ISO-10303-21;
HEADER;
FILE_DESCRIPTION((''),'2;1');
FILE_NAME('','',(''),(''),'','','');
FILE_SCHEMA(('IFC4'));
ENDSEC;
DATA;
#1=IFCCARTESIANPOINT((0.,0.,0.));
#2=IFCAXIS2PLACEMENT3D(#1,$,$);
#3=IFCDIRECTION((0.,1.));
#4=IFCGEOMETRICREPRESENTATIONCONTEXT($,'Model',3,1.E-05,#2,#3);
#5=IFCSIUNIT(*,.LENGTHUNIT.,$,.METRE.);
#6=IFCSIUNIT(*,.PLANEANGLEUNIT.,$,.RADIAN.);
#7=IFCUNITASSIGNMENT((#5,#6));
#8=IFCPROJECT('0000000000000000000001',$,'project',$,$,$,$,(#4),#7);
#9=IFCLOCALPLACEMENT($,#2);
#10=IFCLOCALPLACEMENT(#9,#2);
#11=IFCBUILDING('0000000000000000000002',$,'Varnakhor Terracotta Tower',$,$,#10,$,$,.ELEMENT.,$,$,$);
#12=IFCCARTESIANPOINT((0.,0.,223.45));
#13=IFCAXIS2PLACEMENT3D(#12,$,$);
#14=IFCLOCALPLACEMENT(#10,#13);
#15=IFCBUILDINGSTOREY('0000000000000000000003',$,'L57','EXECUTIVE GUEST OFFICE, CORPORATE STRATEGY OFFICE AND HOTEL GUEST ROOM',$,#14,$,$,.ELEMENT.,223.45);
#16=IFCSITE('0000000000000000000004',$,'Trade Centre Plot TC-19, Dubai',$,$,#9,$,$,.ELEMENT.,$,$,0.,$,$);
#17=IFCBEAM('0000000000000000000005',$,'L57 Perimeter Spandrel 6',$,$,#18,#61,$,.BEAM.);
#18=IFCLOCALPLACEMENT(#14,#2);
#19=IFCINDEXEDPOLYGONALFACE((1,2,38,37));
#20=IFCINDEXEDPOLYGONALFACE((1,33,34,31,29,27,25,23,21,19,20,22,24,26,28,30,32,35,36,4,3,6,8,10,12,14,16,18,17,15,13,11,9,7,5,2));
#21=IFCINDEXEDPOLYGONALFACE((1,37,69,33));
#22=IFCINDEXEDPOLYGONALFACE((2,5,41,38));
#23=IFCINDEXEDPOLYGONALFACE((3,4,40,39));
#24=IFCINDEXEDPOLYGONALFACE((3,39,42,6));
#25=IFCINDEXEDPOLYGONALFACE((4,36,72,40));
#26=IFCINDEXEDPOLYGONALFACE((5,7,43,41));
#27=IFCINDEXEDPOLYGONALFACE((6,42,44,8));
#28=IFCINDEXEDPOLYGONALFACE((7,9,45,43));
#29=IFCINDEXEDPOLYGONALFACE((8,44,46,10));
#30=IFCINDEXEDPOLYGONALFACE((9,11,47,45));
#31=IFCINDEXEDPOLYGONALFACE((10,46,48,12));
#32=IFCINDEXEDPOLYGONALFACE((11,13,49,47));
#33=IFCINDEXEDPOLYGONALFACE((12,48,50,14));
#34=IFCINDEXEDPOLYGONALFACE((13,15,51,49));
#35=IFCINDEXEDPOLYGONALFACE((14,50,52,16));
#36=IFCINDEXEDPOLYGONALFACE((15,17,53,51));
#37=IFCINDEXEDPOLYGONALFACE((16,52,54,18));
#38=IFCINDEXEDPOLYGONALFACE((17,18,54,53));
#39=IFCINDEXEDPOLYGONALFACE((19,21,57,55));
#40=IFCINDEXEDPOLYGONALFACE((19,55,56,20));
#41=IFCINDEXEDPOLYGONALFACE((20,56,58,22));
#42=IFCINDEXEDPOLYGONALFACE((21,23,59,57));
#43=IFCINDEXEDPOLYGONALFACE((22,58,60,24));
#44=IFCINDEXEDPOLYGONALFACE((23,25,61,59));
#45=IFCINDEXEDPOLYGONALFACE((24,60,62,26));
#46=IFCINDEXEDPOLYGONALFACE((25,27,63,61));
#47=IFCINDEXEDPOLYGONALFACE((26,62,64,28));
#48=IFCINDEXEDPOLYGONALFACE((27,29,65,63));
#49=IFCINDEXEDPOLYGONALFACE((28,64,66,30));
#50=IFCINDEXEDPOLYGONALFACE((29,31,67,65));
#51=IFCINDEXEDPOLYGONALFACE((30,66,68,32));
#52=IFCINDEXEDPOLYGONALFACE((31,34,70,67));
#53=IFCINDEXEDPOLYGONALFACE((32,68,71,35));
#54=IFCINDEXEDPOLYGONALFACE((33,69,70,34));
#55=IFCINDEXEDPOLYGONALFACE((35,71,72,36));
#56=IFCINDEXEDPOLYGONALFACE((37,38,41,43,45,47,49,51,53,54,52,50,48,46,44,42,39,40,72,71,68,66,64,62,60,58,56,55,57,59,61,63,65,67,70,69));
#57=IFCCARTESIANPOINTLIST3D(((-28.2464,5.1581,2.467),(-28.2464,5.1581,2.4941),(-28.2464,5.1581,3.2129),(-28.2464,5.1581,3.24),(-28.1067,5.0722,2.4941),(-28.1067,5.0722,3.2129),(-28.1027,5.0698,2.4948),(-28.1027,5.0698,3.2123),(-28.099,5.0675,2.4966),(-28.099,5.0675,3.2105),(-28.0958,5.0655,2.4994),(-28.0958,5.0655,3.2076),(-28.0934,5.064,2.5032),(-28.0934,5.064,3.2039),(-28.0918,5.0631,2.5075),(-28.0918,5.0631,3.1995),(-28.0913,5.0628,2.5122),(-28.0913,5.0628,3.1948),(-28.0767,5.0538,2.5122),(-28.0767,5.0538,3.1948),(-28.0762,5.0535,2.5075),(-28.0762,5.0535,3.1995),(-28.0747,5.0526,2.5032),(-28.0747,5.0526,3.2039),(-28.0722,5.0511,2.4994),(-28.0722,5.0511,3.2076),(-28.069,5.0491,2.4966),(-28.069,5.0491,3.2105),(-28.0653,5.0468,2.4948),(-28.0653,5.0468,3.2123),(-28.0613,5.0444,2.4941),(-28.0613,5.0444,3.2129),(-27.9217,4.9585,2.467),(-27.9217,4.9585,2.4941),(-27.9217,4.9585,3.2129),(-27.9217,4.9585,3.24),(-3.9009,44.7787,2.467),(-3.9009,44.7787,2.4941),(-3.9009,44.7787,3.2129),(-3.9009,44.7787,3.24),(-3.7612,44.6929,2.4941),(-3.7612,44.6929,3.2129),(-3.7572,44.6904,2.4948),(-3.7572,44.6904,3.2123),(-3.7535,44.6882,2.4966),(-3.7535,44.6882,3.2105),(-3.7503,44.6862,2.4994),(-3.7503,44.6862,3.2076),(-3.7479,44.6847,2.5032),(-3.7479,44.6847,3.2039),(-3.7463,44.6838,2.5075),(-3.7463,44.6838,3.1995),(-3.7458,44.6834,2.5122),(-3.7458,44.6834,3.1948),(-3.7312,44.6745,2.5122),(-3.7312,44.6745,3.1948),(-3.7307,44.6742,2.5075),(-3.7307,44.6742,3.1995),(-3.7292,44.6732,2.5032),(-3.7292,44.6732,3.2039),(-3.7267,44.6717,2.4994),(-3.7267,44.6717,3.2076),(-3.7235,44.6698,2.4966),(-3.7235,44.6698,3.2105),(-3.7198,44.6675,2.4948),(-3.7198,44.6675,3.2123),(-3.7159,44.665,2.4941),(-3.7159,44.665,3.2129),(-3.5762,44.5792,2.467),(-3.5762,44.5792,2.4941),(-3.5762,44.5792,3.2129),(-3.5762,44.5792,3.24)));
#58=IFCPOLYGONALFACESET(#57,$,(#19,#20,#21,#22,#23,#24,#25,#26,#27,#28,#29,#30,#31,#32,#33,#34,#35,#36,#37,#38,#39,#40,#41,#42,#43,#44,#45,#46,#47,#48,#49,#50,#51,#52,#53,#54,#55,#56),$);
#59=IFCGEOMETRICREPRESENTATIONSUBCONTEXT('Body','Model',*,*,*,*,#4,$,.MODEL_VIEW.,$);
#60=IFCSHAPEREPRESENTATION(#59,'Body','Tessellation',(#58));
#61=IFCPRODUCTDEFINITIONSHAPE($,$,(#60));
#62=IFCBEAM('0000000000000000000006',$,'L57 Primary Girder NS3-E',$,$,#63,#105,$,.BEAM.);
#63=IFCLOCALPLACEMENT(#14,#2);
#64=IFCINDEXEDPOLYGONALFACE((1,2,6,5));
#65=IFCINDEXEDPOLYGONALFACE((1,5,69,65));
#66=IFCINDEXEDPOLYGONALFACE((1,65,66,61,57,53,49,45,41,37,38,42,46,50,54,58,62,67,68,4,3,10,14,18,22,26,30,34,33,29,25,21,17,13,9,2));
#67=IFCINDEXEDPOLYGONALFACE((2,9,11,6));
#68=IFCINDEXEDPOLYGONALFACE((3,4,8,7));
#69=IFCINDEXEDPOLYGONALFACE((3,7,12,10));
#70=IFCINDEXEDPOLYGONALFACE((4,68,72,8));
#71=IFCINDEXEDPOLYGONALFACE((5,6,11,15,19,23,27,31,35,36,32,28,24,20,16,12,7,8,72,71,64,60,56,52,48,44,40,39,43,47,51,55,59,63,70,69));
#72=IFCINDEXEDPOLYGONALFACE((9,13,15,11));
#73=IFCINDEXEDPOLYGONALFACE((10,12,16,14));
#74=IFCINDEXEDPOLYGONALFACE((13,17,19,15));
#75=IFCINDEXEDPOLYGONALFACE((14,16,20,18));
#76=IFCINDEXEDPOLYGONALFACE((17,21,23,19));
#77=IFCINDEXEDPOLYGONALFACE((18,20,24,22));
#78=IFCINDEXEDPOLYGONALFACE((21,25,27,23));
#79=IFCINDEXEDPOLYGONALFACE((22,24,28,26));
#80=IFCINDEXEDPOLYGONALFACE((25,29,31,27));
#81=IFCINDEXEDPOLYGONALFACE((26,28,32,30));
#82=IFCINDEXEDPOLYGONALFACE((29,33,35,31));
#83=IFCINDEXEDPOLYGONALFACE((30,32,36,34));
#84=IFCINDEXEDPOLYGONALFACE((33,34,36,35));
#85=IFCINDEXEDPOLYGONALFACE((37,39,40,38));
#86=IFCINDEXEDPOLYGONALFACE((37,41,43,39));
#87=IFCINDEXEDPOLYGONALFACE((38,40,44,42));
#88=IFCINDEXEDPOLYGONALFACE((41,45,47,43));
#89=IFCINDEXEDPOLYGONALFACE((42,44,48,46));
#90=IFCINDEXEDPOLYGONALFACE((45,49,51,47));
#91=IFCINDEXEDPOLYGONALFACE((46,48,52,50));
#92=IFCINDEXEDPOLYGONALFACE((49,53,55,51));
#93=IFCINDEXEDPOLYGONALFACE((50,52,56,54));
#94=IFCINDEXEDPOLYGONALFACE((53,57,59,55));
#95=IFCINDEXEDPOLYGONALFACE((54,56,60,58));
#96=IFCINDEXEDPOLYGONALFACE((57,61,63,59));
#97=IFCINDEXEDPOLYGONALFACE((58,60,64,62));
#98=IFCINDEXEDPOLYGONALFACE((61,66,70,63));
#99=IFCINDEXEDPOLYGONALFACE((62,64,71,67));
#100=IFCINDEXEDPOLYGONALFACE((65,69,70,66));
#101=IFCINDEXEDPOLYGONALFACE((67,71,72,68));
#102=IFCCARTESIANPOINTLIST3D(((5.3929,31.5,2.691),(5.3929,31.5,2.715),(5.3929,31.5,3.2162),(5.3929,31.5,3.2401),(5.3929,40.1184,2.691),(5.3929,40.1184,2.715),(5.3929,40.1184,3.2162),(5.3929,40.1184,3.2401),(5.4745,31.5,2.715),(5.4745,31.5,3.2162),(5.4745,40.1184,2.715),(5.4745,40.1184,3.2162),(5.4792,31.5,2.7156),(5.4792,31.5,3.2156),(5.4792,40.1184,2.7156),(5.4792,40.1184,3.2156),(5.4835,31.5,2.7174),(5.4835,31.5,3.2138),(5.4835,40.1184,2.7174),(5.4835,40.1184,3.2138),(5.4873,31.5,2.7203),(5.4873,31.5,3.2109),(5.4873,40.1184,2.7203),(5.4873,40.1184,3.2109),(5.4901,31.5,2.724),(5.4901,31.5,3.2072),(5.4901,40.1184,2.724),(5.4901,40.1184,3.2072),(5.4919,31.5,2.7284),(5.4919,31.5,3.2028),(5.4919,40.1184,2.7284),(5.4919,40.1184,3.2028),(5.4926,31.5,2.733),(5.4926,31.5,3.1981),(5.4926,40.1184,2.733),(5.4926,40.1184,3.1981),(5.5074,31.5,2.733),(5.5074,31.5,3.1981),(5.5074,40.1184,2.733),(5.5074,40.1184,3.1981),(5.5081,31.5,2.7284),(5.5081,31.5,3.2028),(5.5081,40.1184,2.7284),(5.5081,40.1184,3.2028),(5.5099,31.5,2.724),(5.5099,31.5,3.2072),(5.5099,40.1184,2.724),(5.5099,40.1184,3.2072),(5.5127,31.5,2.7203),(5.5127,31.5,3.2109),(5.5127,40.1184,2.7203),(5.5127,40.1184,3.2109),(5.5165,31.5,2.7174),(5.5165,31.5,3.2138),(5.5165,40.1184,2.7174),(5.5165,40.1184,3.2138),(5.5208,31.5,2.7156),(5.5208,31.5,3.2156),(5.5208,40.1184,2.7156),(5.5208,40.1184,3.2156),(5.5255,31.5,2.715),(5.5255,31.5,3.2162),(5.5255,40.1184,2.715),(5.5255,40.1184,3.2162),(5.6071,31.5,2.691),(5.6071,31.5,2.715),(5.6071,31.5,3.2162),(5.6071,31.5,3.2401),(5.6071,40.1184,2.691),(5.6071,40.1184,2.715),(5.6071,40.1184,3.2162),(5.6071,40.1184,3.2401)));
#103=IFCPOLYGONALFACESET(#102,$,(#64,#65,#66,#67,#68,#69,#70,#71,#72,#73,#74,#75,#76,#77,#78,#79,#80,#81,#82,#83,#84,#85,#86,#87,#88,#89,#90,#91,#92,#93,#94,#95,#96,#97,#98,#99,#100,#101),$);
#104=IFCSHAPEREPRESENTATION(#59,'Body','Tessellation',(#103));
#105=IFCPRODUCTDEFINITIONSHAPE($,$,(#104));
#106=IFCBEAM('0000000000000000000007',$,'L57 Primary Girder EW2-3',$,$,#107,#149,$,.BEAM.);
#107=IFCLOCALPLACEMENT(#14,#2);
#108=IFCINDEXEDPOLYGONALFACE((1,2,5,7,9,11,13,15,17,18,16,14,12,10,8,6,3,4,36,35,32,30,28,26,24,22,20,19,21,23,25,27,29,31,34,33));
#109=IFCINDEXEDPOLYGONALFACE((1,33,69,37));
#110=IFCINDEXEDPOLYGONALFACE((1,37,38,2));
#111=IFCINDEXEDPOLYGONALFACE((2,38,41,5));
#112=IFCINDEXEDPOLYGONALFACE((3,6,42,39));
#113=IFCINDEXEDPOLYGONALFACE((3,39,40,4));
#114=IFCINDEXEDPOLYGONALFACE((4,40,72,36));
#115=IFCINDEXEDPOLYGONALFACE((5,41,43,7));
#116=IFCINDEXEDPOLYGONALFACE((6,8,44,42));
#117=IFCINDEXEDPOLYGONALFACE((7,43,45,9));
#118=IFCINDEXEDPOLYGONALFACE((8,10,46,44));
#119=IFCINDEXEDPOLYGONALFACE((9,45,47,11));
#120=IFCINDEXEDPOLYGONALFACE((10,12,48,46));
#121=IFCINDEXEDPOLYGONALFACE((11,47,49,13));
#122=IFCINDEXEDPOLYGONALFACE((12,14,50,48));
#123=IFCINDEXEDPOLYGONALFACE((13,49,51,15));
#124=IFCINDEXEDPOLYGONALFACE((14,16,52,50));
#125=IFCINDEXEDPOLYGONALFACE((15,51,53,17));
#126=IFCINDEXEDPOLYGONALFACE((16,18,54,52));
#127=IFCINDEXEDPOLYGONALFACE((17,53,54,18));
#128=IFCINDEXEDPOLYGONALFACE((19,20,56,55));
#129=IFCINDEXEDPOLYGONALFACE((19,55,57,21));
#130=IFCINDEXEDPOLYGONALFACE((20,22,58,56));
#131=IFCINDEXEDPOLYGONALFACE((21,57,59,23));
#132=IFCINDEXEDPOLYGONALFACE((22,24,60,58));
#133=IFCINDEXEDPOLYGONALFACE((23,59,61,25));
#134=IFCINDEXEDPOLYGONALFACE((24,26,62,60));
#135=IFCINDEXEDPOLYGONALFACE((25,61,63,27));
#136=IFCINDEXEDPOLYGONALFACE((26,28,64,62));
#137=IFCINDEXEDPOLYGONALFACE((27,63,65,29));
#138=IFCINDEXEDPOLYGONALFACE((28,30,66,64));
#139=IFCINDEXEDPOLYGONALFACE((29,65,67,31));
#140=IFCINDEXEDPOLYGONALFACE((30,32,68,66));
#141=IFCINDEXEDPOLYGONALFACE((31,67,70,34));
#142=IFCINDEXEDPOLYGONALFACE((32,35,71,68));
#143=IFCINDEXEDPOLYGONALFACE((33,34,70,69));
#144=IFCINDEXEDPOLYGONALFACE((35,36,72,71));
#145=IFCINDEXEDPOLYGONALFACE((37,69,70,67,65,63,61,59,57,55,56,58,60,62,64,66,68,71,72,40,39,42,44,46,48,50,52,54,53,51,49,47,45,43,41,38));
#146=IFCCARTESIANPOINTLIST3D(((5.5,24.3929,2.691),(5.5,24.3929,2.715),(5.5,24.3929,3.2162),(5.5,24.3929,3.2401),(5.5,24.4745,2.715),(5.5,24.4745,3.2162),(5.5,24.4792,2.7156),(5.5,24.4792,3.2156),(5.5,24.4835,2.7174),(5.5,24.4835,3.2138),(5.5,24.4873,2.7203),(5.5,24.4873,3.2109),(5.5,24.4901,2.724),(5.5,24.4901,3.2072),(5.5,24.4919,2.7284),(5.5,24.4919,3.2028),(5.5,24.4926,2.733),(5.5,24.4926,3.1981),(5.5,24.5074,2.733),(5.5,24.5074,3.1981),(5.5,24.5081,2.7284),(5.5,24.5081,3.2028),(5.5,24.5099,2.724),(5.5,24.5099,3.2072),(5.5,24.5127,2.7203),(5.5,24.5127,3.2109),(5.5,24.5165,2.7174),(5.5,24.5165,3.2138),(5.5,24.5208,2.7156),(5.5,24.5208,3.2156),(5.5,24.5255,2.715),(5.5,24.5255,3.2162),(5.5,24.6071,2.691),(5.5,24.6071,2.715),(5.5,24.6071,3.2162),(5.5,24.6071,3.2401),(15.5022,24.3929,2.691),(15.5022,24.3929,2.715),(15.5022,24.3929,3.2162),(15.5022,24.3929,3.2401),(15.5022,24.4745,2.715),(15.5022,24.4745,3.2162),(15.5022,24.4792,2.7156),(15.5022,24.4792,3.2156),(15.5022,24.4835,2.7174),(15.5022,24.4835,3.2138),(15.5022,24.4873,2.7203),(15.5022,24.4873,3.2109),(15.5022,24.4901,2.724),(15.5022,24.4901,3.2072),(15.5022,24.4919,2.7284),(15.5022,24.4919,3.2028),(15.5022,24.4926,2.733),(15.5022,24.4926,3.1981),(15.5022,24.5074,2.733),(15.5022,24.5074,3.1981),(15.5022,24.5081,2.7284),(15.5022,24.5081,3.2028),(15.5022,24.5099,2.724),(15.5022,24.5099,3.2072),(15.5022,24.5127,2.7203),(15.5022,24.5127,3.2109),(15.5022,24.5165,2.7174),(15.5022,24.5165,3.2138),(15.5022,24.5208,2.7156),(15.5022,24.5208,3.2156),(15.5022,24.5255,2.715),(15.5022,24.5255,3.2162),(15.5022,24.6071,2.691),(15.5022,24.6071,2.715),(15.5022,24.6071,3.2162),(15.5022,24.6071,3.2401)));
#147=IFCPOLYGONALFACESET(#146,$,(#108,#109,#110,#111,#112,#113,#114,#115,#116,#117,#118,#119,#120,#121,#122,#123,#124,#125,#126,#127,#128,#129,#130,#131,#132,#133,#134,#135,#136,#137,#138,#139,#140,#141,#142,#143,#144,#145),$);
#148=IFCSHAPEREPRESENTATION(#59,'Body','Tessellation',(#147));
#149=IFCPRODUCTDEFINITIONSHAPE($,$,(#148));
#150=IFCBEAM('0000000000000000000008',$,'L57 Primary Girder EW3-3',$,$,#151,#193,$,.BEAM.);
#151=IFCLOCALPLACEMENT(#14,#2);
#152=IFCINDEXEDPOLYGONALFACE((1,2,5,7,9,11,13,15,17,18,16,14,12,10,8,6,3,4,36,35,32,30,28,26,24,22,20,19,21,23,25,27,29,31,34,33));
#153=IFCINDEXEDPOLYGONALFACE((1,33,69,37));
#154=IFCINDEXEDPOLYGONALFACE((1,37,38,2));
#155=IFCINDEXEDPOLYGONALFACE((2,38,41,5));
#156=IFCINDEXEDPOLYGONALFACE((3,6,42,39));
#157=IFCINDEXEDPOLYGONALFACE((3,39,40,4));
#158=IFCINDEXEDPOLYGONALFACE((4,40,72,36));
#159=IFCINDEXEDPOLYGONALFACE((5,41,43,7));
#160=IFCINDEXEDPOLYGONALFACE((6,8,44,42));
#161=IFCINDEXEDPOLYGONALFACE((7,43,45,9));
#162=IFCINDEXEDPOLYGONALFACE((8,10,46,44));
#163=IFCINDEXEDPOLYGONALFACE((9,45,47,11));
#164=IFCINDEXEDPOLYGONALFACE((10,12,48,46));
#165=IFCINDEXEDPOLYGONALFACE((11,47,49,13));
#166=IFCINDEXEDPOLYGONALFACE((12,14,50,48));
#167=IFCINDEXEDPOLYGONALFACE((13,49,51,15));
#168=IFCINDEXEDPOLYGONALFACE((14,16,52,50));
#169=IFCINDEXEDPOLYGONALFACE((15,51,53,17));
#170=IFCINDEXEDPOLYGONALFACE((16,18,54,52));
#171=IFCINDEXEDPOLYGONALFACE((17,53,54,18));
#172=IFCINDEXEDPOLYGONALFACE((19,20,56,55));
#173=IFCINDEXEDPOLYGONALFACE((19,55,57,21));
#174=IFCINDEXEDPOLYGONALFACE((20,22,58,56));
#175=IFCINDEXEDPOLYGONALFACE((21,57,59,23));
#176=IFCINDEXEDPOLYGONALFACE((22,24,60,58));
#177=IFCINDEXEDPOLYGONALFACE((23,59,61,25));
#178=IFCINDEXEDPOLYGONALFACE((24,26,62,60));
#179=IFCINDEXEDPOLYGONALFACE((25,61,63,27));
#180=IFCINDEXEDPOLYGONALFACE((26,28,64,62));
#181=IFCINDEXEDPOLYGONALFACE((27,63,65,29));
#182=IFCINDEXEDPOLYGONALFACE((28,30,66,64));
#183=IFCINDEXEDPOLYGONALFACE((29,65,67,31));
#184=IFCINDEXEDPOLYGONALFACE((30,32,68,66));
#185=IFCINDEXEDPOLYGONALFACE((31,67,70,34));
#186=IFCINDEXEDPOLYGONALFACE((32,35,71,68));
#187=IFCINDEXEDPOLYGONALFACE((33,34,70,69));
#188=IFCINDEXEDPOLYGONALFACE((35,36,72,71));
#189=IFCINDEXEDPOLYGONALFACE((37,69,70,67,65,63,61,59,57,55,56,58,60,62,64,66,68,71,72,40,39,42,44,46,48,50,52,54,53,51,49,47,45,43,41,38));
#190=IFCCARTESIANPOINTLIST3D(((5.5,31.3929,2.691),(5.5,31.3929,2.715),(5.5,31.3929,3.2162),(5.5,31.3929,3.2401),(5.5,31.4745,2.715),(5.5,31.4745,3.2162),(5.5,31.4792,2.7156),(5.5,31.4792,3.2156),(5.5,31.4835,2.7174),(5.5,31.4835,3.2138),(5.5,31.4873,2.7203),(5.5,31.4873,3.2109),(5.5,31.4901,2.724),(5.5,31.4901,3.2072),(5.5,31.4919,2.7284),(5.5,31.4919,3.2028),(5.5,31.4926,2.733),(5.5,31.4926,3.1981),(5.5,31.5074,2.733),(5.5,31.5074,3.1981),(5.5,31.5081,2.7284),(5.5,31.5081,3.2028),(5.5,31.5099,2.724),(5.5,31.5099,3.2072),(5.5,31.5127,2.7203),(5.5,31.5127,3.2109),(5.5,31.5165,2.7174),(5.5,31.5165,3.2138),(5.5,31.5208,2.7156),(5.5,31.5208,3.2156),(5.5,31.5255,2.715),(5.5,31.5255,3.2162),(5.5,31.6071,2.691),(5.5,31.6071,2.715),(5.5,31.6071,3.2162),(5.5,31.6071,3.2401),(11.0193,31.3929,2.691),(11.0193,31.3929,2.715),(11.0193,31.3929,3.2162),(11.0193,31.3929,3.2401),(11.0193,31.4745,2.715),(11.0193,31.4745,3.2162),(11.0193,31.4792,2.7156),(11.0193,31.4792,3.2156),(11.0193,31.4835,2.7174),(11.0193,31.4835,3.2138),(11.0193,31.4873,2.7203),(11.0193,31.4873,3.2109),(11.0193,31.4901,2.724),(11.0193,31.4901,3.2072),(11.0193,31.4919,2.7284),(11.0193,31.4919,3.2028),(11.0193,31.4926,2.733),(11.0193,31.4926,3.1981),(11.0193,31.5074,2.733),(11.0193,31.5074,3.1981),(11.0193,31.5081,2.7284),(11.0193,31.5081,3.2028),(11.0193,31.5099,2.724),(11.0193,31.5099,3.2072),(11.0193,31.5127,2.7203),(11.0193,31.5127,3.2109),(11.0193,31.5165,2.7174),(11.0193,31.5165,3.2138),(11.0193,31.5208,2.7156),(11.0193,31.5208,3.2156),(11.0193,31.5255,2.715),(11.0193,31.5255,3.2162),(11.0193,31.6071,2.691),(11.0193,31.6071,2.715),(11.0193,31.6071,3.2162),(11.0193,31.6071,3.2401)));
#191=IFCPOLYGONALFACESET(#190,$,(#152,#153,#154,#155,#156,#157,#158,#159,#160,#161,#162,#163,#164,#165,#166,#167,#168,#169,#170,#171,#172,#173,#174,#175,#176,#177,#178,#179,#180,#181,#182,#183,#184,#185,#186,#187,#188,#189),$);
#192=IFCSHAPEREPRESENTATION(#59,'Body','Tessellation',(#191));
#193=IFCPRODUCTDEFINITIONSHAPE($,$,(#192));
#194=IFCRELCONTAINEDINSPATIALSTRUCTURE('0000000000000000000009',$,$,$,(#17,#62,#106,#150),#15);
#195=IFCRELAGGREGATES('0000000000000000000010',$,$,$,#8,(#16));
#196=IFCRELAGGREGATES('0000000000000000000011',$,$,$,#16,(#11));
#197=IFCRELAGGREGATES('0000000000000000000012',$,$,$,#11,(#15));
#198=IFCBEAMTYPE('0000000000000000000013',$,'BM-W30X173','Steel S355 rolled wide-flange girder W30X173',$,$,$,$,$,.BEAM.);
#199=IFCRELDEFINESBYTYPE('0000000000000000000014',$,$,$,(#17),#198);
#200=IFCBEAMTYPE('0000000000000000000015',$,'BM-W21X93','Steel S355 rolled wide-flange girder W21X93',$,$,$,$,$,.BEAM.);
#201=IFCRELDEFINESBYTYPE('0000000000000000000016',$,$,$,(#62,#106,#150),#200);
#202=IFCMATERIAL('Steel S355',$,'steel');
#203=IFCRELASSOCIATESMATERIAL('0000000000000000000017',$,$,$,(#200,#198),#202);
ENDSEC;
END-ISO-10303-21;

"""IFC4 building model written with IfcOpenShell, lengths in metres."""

from ifc_helpers import new_model, si_unit, direction, frame, origin, origin_2d, place, context, subcontext, project, spatial, i_section, extrude, source, transform, mapped, material, material_profile, profile_set, type_object, element, save


model = new_model("IFC4")

# Units and contexts
model_context = context("Model", 3, precision=1e-05, world=origin(), true_north=direction((0.0, 1.0)))
body_context = subcontext(model_context, "Body", "Model", "MODEL_VIEW")
ifc_project = project(units=[si_unit("LENGTHUNIT", "METRE"), si_unit("PLANEANGLEUNIT", "RADIAN")], contexts=[model_context])

# Site, building, storey
site_placement = place(None, origin())
site = spatial("IfcSite", under=ifc_project, at=site_placement, Name="Trade Centre Plot TC-19, Dubai", CompositionType="ELEMENT", RefElevation=0.0)
building_placement = place(site_placement, origin())
building = spatial("IfcBuilding", under=site, at=building_placement, Name="Varnakhor Terracotta Tower", CompositionType="ELEMENT")
storey_placement = place(building_placement, frame((0.0, 0.0, 223.45)))
storey = spatial("IfcBuildingStorey", under=building, at=storey_placement, Name="L57", Description="EXECUTIVE GUEST OFFICE, CORPORATE STRATEGY OFFICE AND HOTEL GUEST ROOM", CompositionType="ELEMENT", Elevation=223.45)

# Beams
ifc_material_1 = material(Name="Steel S355", Category="steel")
ifc_material_profile_1 = material_profile(ifc_material_1, i_section(OverallWidth=0.2141, OverallDepth=0.5491, WebThickness=0.0149, FlangeThickness=0.0239, FilletRadius=0.0181, at=origin_2d()), Name="W21X93")
ifc_profile_set_1 = profile_set([ifc_material_profile_1], Name="Steel S355")
beam_type_1 = type_object("IfcBeamType", Name="BM-W21X93", Description="Steel S355 rolled wide-flange girder W21X93", PredefinedType="BEAM", material=ifc_profile_set_1)
ifc_material_profile_2 = material_profile(ifc_material_1, i_section(OverallWidth=0.3811, OverallDepth=0.7729, WebThickness=0.0171, FlangeThickness=0.0271, FilletRadius=0.0181, at=origin_2d()), Name="W30X173")
ifc_profile_set_2 = profile_set([ifc_material_profile_2], Name="Steel S355")
beam_type_2 = type_object("IfcBeamType", Name="BM-W30X173", Description="Steel S355 rolled wide-flange girder W30X173", PredefinedType="BEAM", material=ifc_profile_set_2)
shared_shape_1 = source(origin(), body_context, "Body", "SweptSolid", [
    extrude(i_section(OverallWidth=0.3811, OverallDepth=0.7729, WebThickness=0.0171, FlangeThickness=0.0271, FilletRadius=0.0181, at=origin_2d()), origin(), (0.0, 0.0, 1.0), 46.5027),
])
beam_1_placement = place(storey_placement, frame((-3.7385, 44.679, 2.8535), z_axis=(-0.523529, -0.852008, 0.0), x_axis=(0.852008, -0.523529, 0.0)))
element("IfcBeam", 1, at=beam_1_placement, inside=storey, type_object=beam_type_2, Name="L57 Perimeter Spandrel 6", PredefinedType="BEAM", context=body_context, shape_type="MappedRepresentation", body=[
    mapped(shared_shape_1, transform((0.0, 0.0, 0.0), scale=1.0)),
])
shared_shape_2 = source(origin(), body_context, "Body", "SweptSolid", [
    extrude(i_section(OverallWidth=0.2141, OverallDepth=0.5491, WebThickness=0.0149, FlangeThickness=0.0239, FilletRadius=0.0181, at=origin_2d()), origin(), (0.0, 0.0, 1.0), 8.6184),
])
beam_2_placement = place(storey_placement, frame((5.5, 31.5, 2.9656), z_axis=(0.0, 1.0, 0.0), x_axis=(-1.0, 0.0, 0.0)))
element("IfcBeam", 2, at=beam_2_placement, inside=storey, type_object=beam_type_1, Name="L57 Primary Girder NS3-E", PredefinedType="BEAM", context=body_context, shape_type="MappedRepresentation", body=[
    mapped(shared_shape_2, transform((0.0, 0.0, 0.0), scale=1.0)),
])
shared_shape_3 = source(origin(), body_context, "Body", "SweptSolid", [
    extrude(i_section(OverallWidth=0.2141, OverallDepth=0.5491, WebThickness=0.0149, FlangeThickness=0.0239, FilletRadius=0.0181, at=origin_2d()), origin(), (0.0, 0.0, 1.0), 10.0022),
])
beam_3_placement = place(storey_placement, frame((5.5, 24.5, 2.9656), z_axis=(1.0, 0.0, 0.0), x_axis=(0.0, 1.0, 0.0)))
element("IfcBeam", 3, at=beam_3_placement, inside=storey, type_object=beam_type_1, Name="L57 Primary Girder EW2-3", PredefinedType="BEAM", context=body_context, shape_type="MappedRepresentation", body=[
    mapped(shared_shape_3, transform((0.0, 0.0, 0.0), scale=1.0)),
])
shared_shape_4 = source(origin(), body_context, "Body", "SweptSolid", [
    extrude(i_section(OverallWidth=0.2141, OverallDepth=0.5491, WebThickness=0.0149, FlangeThickness=0.0239, FilletRadius=0.0181, at=origin_2d()), origin(), (0.0, 0.0, 1.0), 5.5193),
])
beam_4_placement = place(storey_placement, frame((5.5, 31.5, 2.9656), z_axis=(1.0, 0.0, 0.0), x_axis=(0.0, 1.0, 0.0)))
element("IfcBeam", 4, at=beam_4_placement, inside=storey, type_object=beam_type_1, Name="L57 Primary Girder EW3-3", PredefinedType="BEAM", context=body_context, shape_type="MappedRepresentation", body=[
    mapped(shared_shape_4, transform((0.0, 0.0, 0.0), scale=1.0)),
])

save(model, "model.ifc")
